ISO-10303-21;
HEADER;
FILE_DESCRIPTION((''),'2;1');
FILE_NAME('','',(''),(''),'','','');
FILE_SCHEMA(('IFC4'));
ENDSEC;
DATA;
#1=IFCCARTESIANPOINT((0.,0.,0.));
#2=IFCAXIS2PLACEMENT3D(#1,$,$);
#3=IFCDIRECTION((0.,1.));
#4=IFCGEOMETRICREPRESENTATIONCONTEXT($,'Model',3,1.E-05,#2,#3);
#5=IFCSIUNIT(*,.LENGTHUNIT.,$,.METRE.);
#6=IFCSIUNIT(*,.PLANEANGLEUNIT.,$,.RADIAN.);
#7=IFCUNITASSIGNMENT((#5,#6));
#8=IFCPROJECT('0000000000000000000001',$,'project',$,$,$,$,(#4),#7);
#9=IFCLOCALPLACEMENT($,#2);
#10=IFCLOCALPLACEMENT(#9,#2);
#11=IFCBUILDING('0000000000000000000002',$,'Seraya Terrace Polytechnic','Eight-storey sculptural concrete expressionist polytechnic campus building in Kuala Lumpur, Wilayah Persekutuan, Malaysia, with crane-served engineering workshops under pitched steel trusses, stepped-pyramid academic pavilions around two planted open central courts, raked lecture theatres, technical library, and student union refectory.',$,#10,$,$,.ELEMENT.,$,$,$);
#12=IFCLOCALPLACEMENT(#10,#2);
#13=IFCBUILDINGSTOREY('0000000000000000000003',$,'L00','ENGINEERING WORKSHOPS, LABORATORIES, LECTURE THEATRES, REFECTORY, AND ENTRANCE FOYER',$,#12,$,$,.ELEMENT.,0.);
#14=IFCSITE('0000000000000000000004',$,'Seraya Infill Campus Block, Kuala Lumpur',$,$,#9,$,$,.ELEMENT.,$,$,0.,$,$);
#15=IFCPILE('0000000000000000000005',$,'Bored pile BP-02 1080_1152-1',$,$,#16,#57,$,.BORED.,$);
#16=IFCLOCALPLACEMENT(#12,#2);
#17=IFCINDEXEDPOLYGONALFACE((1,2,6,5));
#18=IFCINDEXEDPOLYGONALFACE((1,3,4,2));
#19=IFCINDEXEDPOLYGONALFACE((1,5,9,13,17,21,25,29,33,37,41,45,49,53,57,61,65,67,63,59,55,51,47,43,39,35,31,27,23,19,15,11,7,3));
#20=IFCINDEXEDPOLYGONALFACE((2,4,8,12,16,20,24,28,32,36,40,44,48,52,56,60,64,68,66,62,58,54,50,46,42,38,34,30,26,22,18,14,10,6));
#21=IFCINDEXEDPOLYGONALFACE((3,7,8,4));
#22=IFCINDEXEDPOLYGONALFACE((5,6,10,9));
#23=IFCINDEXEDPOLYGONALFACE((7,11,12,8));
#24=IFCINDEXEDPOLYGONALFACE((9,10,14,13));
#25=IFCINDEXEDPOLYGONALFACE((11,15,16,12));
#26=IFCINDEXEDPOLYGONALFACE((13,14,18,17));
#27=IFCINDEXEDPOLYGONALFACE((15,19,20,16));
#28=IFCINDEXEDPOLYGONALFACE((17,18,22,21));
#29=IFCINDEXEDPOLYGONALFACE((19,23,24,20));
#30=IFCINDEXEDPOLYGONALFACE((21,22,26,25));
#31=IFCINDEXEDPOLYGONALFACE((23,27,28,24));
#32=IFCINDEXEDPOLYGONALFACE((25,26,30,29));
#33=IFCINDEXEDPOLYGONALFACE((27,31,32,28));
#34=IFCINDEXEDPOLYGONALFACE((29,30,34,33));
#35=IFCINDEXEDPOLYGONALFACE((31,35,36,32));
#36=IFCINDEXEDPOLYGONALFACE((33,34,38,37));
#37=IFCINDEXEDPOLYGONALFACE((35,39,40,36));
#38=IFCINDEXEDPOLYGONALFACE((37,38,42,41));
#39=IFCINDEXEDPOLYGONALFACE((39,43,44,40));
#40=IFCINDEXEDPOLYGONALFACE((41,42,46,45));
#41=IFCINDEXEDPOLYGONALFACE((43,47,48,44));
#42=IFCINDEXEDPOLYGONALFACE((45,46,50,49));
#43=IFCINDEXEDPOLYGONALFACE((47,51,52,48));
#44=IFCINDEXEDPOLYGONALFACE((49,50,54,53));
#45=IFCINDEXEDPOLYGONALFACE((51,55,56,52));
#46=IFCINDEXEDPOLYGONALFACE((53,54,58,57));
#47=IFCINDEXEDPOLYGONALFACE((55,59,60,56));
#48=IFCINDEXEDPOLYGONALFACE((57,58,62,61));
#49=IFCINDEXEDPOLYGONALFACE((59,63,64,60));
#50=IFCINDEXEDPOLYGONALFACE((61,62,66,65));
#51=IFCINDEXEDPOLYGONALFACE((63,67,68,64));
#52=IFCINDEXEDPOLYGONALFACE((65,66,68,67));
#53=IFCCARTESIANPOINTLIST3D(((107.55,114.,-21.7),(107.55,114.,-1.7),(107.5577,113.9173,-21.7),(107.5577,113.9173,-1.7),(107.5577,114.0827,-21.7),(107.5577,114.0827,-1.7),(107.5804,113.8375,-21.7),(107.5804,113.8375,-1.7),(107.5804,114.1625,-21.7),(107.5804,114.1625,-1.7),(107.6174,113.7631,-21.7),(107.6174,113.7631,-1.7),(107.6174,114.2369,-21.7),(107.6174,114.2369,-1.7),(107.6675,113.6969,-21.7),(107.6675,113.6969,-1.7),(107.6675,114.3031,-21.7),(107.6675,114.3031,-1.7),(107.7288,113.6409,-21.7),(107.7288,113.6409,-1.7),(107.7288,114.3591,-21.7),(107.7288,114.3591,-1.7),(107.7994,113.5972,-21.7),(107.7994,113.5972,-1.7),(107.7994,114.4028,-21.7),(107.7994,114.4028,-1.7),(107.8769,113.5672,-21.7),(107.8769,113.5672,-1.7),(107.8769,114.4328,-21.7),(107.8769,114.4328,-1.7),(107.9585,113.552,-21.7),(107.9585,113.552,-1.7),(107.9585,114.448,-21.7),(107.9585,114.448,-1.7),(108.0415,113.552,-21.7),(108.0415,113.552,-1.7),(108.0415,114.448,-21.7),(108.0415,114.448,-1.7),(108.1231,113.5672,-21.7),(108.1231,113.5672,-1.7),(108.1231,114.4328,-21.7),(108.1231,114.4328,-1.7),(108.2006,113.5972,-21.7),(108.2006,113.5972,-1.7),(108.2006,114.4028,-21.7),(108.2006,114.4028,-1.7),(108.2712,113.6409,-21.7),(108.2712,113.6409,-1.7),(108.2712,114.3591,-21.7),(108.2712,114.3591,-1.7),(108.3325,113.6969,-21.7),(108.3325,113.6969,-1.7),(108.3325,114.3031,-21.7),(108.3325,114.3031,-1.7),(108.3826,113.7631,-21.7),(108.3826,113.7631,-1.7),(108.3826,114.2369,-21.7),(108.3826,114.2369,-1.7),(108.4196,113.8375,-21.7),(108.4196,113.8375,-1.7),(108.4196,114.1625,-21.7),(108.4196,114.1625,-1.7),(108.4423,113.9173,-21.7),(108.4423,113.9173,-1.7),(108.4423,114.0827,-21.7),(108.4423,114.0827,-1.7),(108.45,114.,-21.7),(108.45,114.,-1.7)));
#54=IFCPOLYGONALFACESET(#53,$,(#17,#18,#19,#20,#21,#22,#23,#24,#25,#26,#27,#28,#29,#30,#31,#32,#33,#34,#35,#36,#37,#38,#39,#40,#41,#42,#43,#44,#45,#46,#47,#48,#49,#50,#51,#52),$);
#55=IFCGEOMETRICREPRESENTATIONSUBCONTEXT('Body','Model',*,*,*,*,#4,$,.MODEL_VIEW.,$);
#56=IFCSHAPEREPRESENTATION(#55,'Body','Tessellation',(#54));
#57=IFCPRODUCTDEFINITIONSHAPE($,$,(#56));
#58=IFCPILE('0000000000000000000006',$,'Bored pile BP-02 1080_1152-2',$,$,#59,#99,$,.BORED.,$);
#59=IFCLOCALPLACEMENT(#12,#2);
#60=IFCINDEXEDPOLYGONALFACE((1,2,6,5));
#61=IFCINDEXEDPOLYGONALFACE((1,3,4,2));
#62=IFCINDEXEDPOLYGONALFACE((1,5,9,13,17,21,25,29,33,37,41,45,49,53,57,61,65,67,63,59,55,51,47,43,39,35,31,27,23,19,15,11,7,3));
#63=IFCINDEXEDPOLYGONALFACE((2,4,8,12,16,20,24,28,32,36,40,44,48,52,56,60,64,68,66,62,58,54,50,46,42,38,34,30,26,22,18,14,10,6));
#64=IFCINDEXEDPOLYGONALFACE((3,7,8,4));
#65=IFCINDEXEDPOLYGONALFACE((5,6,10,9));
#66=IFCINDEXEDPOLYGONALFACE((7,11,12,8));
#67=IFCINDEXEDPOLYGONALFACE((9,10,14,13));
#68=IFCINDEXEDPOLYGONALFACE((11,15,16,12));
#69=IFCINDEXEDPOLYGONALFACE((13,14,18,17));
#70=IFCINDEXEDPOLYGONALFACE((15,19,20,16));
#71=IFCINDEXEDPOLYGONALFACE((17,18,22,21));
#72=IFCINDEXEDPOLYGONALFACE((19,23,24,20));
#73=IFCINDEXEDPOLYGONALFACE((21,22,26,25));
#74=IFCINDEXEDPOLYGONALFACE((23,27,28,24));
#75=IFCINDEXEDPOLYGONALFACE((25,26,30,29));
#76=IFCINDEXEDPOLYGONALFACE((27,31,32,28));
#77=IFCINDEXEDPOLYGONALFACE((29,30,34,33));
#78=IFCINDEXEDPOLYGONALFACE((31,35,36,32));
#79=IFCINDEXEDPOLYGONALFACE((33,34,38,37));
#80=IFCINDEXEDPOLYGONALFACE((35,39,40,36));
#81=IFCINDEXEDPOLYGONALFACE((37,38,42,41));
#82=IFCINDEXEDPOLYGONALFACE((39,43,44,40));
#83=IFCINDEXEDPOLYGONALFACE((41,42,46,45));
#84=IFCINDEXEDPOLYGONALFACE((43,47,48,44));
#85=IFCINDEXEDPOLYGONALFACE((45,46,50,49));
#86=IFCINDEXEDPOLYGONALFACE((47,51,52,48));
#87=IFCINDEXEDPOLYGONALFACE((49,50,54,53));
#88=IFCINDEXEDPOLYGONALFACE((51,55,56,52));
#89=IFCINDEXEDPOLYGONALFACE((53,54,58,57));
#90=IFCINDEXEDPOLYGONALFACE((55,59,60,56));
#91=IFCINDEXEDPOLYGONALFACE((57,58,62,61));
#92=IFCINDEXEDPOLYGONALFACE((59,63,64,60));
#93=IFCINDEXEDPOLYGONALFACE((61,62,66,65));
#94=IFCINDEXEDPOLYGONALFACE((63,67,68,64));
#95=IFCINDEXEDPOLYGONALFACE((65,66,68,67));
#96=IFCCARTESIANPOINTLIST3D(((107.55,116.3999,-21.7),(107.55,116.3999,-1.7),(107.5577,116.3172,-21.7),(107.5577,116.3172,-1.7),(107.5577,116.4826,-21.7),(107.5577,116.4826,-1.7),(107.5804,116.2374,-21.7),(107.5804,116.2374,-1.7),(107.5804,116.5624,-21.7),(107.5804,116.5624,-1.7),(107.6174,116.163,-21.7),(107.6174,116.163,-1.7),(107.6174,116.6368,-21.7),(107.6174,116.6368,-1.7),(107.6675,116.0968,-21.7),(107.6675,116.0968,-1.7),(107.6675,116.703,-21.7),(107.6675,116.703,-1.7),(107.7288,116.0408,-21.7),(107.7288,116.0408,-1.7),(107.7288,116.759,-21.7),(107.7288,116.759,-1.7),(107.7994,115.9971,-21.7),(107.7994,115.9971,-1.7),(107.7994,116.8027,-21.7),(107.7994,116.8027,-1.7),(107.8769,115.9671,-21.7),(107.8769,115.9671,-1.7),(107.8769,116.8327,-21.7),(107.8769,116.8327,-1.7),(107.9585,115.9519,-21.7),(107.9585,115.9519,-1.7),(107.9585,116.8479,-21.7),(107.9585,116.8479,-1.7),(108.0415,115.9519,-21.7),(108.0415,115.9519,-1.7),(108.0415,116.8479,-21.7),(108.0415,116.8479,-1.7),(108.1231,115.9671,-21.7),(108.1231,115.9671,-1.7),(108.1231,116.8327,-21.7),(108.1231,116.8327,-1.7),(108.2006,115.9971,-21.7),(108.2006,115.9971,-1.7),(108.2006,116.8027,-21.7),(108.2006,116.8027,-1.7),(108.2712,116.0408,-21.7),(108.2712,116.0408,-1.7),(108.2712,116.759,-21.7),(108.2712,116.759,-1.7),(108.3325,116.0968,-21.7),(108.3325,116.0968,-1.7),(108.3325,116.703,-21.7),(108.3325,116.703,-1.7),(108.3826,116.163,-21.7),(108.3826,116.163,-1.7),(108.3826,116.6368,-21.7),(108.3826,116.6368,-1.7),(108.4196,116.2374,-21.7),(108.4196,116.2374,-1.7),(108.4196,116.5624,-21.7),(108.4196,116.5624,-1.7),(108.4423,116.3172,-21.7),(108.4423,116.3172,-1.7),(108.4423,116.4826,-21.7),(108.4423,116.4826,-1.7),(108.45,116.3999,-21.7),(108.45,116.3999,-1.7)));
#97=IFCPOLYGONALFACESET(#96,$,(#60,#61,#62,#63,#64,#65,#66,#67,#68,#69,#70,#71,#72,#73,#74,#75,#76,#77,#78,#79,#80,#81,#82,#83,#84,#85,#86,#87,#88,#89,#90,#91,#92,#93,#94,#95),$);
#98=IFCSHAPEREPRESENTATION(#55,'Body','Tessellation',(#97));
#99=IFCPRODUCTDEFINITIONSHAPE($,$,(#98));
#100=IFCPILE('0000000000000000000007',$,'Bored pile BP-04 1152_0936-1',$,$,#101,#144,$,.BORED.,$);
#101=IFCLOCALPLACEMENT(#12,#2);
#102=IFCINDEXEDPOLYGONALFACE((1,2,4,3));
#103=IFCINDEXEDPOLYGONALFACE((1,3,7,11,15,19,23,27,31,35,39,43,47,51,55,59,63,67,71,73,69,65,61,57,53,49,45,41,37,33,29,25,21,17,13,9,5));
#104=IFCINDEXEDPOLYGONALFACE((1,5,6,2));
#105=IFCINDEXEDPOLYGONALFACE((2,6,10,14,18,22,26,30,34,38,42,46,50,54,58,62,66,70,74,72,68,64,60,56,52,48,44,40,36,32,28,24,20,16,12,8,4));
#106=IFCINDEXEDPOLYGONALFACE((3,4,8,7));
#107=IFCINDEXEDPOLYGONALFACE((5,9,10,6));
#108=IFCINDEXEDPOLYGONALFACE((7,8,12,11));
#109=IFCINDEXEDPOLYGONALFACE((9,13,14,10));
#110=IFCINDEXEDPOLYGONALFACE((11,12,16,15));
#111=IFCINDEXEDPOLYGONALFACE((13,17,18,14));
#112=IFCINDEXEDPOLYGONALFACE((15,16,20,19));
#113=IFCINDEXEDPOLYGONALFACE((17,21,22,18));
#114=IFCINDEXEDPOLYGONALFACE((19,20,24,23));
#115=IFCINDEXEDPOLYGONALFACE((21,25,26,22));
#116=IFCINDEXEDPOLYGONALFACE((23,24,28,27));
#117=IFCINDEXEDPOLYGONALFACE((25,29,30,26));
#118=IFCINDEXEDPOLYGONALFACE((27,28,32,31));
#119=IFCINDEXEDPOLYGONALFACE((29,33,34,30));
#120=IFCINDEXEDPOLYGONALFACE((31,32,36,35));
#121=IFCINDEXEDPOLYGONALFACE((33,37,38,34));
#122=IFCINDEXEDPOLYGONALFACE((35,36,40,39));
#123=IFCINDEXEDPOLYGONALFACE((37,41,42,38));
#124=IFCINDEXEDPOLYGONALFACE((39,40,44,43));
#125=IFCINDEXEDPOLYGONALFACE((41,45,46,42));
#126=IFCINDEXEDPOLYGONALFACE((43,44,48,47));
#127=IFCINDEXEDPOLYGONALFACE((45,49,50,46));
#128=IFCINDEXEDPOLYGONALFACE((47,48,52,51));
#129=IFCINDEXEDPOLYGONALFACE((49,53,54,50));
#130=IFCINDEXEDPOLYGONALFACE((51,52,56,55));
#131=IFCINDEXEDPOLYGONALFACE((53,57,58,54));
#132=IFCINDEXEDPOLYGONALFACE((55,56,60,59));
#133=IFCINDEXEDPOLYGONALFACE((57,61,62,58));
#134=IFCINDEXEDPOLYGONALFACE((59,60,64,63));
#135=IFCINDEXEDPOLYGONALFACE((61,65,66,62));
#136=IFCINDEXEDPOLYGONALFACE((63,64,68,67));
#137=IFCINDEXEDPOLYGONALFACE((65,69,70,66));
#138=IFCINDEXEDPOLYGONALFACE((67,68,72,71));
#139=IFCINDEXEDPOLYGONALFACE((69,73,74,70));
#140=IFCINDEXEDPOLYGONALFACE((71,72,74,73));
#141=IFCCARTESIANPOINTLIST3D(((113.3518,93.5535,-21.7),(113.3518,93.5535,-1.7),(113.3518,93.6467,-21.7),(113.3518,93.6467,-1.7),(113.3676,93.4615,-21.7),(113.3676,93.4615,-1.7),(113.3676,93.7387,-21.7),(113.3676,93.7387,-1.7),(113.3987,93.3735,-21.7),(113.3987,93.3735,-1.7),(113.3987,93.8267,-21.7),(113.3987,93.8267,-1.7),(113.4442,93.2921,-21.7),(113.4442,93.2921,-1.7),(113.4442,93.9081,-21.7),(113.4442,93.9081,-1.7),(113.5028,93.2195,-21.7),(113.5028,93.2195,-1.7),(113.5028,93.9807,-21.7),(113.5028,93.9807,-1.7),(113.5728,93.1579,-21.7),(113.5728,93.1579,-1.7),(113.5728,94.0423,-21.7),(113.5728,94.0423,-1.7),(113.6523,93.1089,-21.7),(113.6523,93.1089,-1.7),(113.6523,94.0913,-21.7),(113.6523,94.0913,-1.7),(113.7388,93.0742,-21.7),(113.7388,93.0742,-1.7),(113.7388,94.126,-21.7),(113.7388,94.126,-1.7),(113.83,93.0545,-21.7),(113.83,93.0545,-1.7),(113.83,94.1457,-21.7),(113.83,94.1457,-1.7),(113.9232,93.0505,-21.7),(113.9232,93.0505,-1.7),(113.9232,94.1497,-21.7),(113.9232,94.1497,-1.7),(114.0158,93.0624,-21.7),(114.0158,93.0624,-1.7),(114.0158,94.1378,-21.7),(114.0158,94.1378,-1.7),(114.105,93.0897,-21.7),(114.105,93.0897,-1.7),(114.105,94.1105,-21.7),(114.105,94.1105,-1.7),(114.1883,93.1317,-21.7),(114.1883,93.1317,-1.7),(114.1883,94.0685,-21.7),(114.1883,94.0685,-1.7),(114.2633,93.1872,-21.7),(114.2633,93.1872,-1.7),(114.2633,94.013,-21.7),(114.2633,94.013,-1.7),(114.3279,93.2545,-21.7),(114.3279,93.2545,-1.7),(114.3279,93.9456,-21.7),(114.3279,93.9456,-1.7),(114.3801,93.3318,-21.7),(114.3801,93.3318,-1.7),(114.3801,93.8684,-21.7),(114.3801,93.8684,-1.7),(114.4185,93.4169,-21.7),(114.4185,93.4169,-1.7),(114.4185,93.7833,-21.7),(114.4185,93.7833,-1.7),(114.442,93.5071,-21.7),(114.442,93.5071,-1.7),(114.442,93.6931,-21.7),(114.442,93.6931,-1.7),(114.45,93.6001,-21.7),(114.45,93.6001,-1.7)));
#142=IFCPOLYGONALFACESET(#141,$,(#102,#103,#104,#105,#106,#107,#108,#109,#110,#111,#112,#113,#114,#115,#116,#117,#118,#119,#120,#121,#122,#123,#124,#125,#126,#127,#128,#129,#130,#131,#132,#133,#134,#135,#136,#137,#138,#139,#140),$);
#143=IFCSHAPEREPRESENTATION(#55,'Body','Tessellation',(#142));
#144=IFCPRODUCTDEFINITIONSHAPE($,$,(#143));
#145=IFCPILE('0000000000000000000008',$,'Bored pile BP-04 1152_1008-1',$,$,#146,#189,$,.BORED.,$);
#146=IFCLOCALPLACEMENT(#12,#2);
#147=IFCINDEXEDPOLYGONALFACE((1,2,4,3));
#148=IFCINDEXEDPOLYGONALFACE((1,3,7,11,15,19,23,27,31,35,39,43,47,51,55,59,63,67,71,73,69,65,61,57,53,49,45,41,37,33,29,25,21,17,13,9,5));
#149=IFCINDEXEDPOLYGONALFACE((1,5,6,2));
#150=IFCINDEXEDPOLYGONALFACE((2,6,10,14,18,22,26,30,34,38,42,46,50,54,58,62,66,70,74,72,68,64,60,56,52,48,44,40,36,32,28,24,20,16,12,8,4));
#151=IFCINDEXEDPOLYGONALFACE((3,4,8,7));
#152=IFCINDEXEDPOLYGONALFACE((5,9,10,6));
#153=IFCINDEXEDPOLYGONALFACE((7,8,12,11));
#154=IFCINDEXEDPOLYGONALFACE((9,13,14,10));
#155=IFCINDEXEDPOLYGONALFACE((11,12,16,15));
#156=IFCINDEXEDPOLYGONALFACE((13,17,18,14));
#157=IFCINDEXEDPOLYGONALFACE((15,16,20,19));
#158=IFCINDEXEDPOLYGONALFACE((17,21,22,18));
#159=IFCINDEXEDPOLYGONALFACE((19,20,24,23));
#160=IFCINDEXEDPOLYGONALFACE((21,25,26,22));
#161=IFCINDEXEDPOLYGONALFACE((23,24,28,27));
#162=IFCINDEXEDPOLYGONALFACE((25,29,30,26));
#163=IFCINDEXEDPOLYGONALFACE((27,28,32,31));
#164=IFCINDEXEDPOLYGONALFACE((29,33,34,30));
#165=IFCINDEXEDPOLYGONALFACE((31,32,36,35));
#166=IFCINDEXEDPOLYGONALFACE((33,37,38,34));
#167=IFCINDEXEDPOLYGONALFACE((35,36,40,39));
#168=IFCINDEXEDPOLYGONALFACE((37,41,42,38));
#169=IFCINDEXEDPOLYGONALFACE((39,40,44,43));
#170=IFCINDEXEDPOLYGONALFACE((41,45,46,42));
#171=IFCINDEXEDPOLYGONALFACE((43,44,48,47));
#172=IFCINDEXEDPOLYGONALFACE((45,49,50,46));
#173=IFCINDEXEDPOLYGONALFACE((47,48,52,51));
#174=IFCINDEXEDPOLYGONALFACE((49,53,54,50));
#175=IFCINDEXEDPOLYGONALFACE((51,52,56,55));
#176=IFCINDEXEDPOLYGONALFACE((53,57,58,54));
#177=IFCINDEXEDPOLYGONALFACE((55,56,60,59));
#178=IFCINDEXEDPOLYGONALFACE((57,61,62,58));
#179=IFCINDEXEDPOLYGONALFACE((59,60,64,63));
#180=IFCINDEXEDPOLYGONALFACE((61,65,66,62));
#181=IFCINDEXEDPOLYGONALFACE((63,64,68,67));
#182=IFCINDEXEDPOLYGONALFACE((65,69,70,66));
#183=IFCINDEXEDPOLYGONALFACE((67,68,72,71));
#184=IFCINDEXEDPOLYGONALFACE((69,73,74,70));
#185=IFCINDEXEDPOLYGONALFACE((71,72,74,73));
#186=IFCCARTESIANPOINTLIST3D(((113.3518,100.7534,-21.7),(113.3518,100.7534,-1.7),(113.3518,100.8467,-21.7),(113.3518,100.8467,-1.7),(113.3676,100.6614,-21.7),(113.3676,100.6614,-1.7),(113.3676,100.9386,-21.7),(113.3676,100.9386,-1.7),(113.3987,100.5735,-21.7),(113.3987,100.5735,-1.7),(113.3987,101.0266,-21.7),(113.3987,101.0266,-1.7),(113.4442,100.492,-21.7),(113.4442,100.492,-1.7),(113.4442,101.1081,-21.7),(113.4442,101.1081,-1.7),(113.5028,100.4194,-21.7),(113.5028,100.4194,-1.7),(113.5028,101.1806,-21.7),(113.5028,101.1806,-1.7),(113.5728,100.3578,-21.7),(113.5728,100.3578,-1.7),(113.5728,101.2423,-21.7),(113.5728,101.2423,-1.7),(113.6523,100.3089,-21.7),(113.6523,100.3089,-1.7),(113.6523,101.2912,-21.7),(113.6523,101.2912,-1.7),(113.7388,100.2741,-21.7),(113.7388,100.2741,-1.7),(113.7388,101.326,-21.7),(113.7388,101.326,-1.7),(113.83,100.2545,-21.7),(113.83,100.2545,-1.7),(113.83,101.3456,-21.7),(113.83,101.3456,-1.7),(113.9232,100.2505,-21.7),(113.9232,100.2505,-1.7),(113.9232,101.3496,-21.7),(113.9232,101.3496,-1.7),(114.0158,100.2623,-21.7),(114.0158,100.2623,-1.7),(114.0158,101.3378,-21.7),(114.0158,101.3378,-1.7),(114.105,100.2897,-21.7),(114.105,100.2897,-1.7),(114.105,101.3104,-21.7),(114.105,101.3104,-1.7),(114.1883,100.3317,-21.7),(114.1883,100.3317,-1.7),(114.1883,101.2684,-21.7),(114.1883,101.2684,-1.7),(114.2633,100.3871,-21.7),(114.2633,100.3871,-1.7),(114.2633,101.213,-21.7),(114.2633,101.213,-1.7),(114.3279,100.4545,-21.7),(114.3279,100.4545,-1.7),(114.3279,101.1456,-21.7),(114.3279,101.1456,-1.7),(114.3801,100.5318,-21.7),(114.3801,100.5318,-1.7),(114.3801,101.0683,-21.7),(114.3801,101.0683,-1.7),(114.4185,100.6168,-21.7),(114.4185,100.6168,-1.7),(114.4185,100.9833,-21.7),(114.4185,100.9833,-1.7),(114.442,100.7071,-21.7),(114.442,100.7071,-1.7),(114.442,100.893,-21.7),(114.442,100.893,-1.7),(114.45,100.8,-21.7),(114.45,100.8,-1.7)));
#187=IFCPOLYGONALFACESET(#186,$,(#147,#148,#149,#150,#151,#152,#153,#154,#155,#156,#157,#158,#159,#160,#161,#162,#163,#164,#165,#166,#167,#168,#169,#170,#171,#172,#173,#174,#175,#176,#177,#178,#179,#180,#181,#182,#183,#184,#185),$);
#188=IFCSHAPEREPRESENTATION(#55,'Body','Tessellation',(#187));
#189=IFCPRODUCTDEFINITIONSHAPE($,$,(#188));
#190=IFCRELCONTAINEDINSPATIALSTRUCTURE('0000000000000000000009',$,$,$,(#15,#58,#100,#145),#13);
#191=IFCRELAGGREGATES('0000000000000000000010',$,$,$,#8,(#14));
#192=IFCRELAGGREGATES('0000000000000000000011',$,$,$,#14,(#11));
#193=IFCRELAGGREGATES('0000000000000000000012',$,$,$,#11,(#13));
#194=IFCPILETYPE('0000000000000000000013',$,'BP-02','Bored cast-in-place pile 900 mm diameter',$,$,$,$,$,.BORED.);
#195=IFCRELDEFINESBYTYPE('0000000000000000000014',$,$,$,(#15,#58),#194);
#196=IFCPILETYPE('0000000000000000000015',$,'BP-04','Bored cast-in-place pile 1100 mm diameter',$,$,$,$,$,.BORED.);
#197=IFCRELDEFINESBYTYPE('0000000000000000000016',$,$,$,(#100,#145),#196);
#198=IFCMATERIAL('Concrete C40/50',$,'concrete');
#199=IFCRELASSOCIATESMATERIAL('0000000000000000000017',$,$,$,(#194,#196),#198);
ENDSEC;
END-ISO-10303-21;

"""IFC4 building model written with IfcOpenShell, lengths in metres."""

from ifc_helpers import new_model, si_unit, direction, frame, origin, origin_2d, place, context, subcontext, project, spatial, circle, extrude, material, material_profile, profile_set, type_object, element, save


model = new_model("IFC4")

# Units and contexts
model_context = context("Model", 3, precision=1e-05, world=origin(), true_north=direction((0.0, 1.0)))
body_context = subcontext(model_context, "Body", "Model", "MODEL_VIEW")
ifc_project = project(units=[si_unit("LENGTHUNIT", "METRE"), si_unit("PLANEANGLEUNIT", "RADIAN")], contexts=[model_context])

# Site, building, storey
site_placement = place(None, origin())
site = spatial("IfcSite", under=ifc_project, at=site_placement, Name="Seraya Infill Campus Block, Kuala Lumpur", CompositionType="ELEMENT", RefElevation=0.0)
building_placement = place(site_placement, origin())
building = spatial("IfcBuilding", under=site, at=building_placement, Name="Seraya Terrace Polytechnic", Description="Eight-storey sculptural concrete expressionist polytechnic campus building in Kuala Lumpur, Wilayah Persekutuan, Malaysia, with crane-served engineering workshops under pitched steel trusses, stepped-pyramid academic pavilions around two planted open central courts, raked lecture theatres, technical library, and student union refectory.", CompositionType="ELEMENT")
storey_placement = place(building_placement, origin())
storey = spatial("IfcBuildingStorey", under=building, at=storey_placement, Name="L00", Description="ENGINEERING WORKSHOPS, LABORATORIES, LECTURE THEATRES, REFECTORY, AND ENTRANCE FOYER", CompositionType="ELEMENT", Elevation=0.0)

# Piles
ifc_material_1 = material(Name="Concrete C40/50", Category="concrete")
ifc_material_profile_1 = material_profile(ifc_material_1, circle(Radius=0.45, at=origin_2d()), Name="DIA 900")
ifc_profile_set_1 = profile_set([ifc_material_profile_1], Name="Concrete C40/50")
pile_type_1 = type_object("IfcPileType", Name="BP-02", Description="Bored cast-in-place pile 900 mm diameter", PredefinedType="BORED", material=ifc_profile_set_1)
for number, where, z_axis, x_axis, name in (
    (1, (108.0, 114.0, -1.7), (0.0, 0.0, -1.0), (1.0, 0.0, 0.0), "Bored pile BP-02 1080_1152-1"),
    (2, (108.0, 116.3999, -1.7), (0.0, 0.0, -1.0), (1.0, 0.0, 0.0), "Bored pile BP-02 1080_1152-2"),
):
    element("IfcPile", number, at=place(storey_placement, frame(where, z_axis=z_axis, x_axis=x_axis)), inside=storey, type_object=pile_type_1, Name=name, PredefinedType="BORED", context=body_context, shape_type="SweptSolid", body=[
        extrude(circle(Radius=0.45, at=origin_2d()), origin(), (0.0, 0.0, 1.0), 20.0),
    ])
ifc_material_profile_2 = material_profile(ifc_material_1, circle(Radius=0.55, at=origin_2d()), Name="DIA 1100")
ifc_profile_set_2 = profile_set([ifc_material_profile_2], Name="Concrete C40/50")
pile_type_2 = type_object("IfcPileType", Name="BP-04", Description="Bored cast-in-place pile 1100 mm diameter", PredefinedType="BORED", material=ifc_profile_set_2)
for number, where, z_axis, x_axis, name in (
    (3, (113.8999, 93.6001, -1.7), (0.0, 0.0, -1.0), (1.0, 0.0, 0.0), "Bored pile BP-04 1152_0936-1"),
    (4, (113.8999, 100.8, -1.7), (0.0, 0.0, -1.0), (1.0, 0.0, 0.0), "Bored pile BP-04 1152_1008-1"),
):
    element("IfcPile", number, at=place(storey_placement, frame(where, z_axis=z_axis, x_axis=x_axis)), inside=storey, type_object=pile_type_2, Name=name, PredefinedType="BORED", context=body_context, shape_type="SweptSolid", body=[
        extrude(circle(Radius=0.55, at=origin_2d()), origin(), (0.0, 0.0, 1.0), 20.0),
    ])

save(model, "model.ifc")
